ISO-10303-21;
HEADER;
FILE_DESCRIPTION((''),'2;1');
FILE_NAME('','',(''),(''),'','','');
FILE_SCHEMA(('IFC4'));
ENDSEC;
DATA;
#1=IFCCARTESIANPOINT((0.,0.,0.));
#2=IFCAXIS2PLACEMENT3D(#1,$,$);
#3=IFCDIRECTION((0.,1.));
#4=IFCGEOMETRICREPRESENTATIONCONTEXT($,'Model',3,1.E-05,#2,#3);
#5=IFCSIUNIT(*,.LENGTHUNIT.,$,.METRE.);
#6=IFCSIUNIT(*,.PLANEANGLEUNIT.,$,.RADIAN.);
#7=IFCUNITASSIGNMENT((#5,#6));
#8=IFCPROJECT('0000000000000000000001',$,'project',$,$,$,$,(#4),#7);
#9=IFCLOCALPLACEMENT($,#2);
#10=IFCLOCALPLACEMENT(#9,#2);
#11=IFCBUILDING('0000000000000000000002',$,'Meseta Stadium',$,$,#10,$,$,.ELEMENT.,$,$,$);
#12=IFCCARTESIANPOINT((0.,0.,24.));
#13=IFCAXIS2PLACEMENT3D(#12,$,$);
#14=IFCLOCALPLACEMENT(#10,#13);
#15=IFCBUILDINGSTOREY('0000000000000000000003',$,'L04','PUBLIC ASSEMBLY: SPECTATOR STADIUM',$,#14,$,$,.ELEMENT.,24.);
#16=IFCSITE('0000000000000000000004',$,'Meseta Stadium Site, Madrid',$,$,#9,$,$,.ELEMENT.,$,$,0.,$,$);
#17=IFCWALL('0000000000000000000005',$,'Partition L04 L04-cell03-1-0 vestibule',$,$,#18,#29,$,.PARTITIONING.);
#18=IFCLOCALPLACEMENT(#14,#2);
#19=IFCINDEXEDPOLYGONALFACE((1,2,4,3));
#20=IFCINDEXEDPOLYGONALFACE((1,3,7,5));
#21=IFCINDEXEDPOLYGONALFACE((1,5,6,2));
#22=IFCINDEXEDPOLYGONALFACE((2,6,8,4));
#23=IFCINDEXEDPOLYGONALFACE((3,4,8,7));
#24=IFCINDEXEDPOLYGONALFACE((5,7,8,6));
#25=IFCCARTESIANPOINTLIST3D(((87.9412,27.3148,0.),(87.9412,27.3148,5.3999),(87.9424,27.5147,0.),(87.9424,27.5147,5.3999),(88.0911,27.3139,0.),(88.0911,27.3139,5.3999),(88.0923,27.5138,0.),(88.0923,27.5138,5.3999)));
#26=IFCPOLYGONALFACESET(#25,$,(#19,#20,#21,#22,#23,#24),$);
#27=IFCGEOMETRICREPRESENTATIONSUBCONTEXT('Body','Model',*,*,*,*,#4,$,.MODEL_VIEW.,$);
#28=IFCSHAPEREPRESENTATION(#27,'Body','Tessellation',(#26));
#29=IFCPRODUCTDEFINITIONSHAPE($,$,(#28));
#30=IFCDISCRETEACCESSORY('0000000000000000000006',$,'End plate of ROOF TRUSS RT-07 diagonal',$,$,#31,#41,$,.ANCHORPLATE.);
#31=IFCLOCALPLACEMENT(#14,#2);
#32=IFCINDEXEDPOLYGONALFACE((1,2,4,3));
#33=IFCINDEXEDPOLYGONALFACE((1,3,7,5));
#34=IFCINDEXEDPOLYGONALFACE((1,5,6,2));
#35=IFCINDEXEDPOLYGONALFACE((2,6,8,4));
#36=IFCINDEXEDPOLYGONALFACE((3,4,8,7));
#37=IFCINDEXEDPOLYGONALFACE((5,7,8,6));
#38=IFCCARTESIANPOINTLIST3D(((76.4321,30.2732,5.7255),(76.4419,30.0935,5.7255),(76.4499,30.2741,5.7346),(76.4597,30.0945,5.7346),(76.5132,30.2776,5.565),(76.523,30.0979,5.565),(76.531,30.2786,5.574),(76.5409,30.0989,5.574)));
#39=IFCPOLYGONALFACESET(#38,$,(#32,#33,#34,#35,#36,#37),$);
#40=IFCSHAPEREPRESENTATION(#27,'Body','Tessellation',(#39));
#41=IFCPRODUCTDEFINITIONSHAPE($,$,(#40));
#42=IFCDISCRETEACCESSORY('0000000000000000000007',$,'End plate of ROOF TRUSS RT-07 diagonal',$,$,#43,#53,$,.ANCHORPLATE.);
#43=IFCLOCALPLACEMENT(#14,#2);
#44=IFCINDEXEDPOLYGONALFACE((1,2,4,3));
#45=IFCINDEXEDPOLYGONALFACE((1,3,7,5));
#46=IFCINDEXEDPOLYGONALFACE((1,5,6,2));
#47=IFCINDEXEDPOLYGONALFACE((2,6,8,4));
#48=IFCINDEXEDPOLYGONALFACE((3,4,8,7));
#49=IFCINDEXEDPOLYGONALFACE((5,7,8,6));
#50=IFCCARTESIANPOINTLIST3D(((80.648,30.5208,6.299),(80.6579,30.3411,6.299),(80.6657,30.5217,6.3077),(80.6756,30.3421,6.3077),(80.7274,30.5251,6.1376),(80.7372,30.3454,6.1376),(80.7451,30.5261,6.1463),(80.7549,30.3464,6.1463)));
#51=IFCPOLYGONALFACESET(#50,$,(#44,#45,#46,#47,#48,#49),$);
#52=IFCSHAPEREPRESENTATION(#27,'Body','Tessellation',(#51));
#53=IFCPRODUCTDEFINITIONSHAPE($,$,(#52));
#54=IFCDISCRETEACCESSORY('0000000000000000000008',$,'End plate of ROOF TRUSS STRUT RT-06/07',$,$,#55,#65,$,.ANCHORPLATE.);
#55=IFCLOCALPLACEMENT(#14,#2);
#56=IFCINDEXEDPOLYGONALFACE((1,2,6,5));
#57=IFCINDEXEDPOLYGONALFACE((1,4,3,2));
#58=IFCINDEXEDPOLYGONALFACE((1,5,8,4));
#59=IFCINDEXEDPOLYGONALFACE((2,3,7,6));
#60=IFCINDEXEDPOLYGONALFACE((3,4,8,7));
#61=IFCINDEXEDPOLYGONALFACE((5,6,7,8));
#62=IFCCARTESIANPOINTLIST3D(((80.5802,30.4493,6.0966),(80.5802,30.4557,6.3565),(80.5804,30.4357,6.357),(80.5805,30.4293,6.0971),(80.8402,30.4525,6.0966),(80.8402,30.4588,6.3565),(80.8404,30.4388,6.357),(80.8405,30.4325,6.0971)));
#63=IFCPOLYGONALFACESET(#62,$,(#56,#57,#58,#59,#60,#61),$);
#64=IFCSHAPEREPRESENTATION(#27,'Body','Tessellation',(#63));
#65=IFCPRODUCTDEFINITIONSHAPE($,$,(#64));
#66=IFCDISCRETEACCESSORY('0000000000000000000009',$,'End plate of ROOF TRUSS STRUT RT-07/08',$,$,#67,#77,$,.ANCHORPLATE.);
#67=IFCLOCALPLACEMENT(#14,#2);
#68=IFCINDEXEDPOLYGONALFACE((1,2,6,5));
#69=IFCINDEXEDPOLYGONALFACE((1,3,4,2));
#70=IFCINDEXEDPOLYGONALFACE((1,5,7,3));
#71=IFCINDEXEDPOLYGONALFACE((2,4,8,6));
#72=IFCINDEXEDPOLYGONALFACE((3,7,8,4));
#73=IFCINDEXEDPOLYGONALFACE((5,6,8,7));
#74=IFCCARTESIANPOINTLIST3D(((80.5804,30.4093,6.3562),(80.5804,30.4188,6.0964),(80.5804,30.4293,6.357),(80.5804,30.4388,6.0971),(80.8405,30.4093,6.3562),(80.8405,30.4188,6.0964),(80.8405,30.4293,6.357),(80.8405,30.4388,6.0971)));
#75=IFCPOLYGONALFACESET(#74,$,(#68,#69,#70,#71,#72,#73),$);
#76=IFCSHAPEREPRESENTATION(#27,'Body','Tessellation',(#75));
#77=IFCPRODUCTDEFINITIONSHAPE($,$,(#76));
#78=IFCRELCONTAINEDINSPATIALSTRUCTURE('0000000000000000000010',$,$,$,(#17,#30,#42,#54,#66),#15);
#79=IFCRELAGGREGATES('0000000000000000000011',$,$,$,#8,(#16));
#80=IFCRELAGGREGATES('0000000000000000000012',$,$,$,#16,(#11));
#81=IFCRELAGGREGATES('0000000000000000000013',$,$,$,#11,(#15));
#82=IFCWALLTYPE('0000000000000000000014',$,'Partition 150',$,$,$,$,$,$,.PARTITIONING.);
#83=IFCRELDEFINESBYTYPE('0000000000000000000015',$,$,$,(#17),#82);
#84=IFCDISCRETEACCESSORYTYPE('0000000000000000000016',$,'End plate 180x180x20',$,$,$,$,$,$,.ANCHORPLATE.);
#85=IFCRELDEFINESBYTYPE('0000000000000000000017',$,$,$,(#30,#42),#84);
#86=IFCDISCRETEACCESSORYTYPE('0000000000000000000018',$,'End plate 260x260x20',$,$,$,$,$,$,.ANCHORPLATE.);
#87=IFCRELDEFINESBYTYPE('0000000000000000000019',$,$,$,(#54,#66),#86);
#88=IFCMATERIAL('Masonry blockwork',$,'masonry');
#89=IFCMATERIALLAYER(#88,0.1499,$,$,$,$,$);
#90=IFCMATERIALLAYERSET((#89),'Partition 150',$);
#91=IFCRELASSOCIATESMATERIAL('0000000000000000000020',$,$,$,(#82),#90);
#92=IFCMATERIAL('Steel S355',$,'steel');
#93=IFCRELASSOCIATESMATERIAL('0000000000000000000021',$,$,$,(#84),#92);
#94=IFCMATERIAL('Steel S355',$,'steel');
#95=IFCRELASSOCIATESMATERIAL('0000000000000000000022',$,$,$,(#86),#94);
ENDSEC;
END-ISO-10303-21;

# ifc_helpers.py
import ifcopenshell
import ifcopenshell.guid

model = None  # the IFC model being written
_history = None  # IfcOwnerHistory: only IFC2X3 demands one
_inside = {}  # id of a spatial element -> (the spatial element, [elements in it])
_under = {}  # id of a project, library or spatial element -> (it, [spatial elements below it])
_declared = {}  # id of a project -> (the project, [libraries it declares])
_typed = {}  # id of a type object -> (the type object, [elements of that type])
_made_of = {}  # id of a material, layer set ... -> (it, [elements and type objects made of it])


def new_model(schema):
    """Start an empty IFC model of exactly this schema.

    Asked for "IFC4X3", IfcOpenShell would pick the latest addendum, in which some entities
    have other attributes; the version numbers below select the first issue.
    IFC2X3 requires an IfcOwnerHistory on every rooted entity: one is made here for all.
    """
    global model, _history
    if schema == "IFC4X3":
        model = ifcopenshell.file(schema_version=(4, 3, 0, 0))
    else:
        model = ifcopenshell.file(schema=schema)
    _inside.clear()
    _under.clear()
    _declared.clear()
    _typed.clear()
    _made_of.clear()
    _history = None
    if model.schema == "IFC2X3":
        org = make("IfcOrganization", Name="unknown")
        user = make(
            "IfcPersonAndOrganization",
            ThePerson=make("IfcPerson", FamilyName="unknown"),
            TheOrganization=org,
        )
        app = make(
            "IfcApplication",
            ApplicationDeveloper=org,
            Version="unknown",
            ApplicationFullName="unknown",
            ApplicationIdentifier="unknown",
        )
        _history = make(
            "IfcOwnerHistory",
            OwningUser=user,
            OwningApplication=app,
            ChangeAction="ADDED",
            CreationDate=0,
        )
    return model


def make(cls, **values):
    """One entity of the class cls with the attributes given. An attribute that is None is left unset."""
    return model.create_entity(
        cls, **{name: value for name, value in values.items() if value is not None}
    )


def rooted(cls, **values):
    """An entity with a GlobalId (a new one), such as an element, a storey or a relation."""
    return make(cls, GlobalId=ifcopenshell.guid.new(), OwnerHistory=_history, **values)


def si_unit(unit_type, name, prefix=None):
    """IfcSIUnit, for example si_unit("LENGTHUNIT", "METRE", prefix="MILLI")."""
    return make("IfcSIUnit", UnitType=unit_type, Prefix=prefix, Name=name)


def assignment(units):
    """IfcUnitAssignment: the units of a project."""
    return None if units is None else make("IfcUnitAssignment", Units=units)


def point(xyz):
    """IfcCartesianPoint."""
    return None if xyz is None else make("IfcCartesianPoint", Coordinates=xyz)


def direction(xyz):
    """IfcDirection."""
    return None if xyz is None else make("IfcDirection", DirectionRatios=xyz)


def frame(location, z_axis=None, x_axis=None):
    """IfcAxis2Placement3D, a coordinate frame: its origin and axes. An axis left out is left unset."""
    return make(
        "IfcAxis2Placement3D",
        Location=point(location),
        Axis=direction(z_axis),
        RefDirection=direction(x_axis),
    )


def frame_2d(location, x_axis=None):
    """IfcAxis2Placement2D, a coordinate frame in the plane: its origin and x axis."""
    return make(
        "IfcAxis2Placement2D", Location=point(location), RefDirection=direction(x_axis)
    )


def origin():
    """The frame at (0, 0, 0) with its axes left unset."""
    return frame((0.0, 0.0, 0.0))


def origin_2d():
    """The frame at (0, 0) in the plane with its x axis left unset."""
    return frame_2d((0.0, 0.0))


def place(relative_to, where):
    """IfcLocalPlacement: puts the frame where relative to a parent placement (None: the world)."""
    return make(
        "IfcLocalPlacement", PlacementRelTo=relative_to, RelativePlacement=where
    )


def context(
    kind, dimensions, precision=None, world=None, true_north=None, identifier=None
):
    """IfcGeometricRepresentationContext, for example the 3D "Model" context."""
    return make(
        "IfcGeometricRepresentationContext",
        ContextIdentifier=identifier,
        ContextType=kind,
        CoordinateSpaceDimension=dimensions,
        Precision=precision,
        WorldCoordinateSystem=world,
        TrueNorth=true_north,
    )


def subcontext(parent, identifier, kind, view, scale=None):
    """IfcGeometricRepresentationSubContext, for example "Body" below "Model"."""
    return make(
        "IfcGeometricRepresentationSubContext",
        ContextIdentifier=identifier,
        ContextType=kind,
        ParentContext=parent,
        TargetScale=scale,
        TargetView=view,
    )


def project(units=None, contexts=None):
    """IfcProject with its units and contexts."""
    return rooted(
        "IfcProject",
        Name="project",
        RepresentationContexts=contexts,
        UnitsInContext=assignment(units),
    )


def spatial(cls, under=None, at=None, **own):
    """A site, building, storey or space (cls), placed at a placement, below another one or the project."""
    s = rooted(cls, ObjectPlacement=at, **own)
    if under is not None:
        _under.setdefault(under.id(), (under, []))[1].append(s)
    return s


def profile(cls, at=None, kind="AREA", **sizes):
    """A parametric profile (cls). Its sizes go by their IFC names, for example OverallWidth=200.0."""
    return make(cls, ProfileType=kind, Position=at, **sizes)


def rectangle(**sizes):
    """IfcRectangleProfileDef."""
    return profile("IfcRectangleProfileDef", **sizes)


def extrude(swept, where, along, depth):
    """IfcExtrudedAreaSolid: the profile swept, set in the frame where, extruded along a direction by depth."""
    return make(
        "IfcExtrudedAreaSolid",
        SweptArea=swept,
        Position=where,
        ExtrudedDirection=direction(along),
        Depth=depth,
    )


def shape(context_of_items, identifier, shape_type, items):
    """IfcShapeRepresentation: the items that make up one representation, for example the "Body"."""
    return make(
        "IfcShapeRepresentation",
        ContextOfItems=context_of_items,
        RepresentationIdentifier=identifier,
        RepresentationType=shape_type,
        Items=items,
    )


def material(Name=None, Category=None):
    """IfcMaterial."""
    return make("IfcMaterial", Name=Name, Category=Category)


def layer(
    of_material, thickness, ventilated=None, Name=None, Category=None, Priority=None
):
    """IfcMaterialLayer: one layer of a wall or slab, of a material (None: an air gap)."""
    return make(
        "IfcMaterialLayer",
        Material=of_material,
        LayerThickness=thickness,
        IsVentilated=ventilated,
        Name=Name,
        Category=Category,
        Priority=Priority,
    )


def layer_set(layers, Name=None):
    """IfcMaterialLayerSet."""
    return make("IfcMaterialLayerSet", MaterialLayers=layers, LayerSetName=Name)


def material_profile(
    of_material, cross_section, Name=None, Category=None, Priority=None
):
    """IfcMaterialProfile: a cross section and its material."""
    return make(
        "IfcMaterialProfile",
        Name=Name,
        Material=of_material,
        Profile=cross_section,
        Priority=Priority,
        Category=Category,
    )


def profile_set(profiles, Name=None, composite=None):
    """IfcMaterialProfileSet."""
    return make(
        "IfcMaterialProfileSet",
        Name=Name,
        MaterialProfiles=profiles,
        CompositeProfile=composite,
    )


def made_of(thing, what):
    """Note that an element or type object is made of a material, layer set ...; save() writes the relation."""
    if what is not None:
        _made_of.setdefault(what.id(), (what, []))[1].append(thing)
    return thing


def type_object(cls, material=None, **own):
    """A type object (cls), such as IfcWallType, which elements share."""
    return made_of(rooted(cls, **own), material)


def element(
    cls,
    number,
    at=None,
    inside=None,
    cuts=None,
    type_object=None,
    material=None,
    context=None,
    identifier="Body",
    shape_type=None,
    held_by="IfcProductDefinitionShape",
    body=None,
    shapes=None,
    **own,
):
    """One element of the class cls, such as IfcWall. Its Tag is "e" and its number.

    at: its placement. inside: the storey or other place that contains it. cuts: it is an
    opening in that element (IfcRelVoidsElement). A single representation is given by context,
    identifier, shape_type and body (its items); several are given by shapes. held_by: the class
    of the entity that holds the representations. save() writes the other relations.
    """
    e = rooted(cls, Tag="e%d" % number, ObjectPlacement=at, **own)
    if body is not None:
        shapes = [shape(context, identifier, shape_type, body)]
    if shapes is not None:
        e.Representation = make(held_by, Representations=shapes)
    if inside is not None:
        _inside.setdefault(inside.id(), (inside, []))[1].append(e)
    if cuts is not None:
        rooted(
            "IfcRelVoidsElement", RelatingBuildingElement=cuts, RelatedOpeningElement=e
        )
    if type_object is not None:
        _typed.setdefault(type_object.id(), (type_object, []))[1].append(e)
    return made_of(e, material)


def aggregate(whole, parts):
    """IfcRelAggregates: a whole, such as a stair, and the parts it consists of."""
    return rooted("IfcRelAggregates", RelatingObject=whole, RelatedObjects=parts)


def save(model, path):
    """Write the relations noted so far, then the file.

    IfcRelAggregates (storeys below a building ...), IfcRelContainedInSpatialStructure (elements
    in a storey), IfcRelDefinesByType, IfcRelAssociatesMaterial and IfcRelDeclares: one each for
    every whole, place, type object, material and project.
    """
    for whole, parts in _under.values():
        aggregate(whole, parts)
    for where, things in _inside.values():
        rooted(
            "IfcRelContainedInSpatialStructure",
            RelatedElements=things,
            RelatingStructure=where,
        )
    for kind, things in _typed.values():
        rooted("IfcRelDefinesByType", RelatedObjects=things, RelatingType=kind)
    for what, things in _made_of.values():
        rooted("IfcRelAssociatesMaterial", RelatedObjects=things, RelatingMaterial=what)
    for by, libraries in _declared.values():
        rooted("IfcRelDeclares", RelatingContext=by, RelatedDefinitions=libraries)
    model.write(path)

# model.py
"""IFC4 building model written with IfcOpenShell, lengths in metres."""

from ifc_helpers import new_model, si_unit, direction, frame, frame_2d, origin, origin_2d, place, context, subcontext, project, spatial, rectangle, extrude, material, layer, layer_set, material_profile, profile_set, type_object, element, save


model = new_model("IFC4")

# Units and contexts
model_context = context("Model", 3, precision=1e-05, world=origin(), true_north=direction((0.0, 1.0)))
body_context = subcontext(model_context, "Body", "Model", "MODEL_VIEW")
ifc_project = project(units=[si_unit("LENGTHUNIT", "METRE"), si_unit("PLANEANGLEUNIT", "RADIAN")], contexts=[model_context])

# Site, building, storey
site_placement = place(None, origin())
site = spatial("IfcSite", under=ifc_project, at=site_placement, Name="Meseta Stadium Site, Madrid", CompositionType="ELEMENT", RefElevation=0.0)
building_placement = place(site_placement, origin())
building = spatial("IfcBuilding", under=site, at=building_placement, Name="Meseta Stadium", CompositionType="ELEMENT")
storey_placement = place(building_placement, frame((0.0, 0.0, 24.0)))
storey = spatial("IfcBuildingStorey", under=building, at=storey_placement, Name="L04", Description="PUBLIC ASSEMBLY: SPECTATOR STADIUM", CompositionType="ELEMENT", Elevation=24.0)

# Shared definitions
ifc_material_1 = material(Name="Masonry blockwork", Category="masonry")
ifc_layer = layer(ifc_material_1, 0.1499)
ifc_layer_set = layer_set([ifc_layer], Name="Partition 150")
wall_type = type_object("IfcWallType", Name="Partition 150", PredefinedType="PARTITIONING", material=ifc_layer_set)

# Wall
wall_1_placement = place(storey_placement, frame((88.0161, 27.3142, 0.0), z_axis=(0.0, 0.0, 1.0), x_axis=(0.006105, 0.999981, 0.0)))
element("IfcWall", 1, at=wall_1_placement, inside=storey, type_object=wall_type, Name="Partition L04 L04-cell03-1-0 vestibule", PredefinedType="PARTITIONING", context=body_context, shape_type="SweptSolid", body=[
    extrude(rectangle(XDim=0.2, YDim=0.1499, at=frame_2d((0.1001, 0.0))), origin(), (0.0, 0.0, 1.0), 5.3999),
])

# Discrete accessories
ifc_material_2 = material(Name="Steel S355", Category="steel")
ifc_material_profile_1 = material_profile(ifc_material_2, rectangle(XDim=0.1799, YDim=0.1799, at=origin_2d()), Name="PL 180x180")
ifc_profile_set_1 = profile_set([ifc_material_profile_1], Name="Steel S355")
discrete_accessory_type_1 = type_object("IfcDiscreteAccessoryType", Name="End plate 180x180x20", PredefinedType="ANCHORPLATE", material=ifc_profile_set_1)
discrete_accessory_1_placement = place(storey_placement, frame((76.4775, 30.1855, 5.6453), z_axis=(0.890907, 0.048817, 0.451555), x_axis=(-0.054712, 0.998502, 0.0)))
element("IfcDiscreteAccessory", 2, at=discrete_accessory_1_placement, inside=storey, type_object=discrete_accessory_type_1, Name="End plate of ROOF TRUSS RT-07 diagonal", PredefinedType="ANCHORPLATE", context=body_context, shape_type="SweptSolid", body=[
    extrude(rectangle(XDim=0.1799, YDim=0.1799, at=origin_2d()), origin(), (0.0, 0.0, 1.0), 0.02),
])
discrete_accessory_2_placement = place(storey_placement, frame((80.6926, 30.4331, 6.2183), z_axis=(0.89579, 0.049084, 0.441759), x_axis=(-0.054712, 0.998502, 0.0)))
element("IfcDiscreteAccessory", 3, at=discrete_accessory_2_placement, inside=storey, type_object=discrete_accessory_type_1, Name="End plate of ROOF TRUSS RT-07 diagonal", PredefinedType="ANCHORPLATE", context=body_context, shape_type="SweptSolid", body=[
    extrude(rectangle(XDim=0.1799, YDim=0.1799, at=origin_2d()), origin(), (0.0, 0.0, 1.0), 0.0198),
])
ifc_material_3 = material(Name="Steel S355", Category="steel")
ifc_material_profile_2 = material_profile(ifc_material_3, rectangle(XDim=0.26, YDim=0.26, at=origin_2d()), Name="PL 260x260")
ifc_profile_set_2 = profile_set([ifc_material_profile_2], Name="Steel S355")
discrete_accessory_type_2 = type_object("IfcDiscreteAccessoryType", Name="End plate 260x260x20", PredefinedType="ANCHORPLATE", material=ifc_profile_set_2)
for number, where, z_axis, x_axis, name in (
    (4, (80.7104, 30.4341, 6.2271), (-0.012191, 0.999628, -0.024381), (-0.999926, -0.012194, 0.0), "End plate of ROOF TRUSS STRUT RT-06/07"),
    (5, (80.7104, 30.4141, 6.2263), (0.0, 0.999331, 0.036561), (-1.0, 0.0, 0.0), "End plate of ROOF TRUSS STRUT RT-07/08"),
):
    element("IfcDiscreteAccessory", number, at=place(storey_placement, frame(where, z_axis=z_axis, x_axis=x_axis)), inside=storey, type_object=discrete_accessory_type_2, Name=name, PredefinedType="ANCHORPLATE", context=body_context, shape_type="SweptSolid", body=[
        extrude(rectangle(XDim=0.26, YDim=0.26, at=origin_2d()), origin(), (0.0, 0.0, 1.0), 0.02),
    ])

save(model, "model.ifc")
